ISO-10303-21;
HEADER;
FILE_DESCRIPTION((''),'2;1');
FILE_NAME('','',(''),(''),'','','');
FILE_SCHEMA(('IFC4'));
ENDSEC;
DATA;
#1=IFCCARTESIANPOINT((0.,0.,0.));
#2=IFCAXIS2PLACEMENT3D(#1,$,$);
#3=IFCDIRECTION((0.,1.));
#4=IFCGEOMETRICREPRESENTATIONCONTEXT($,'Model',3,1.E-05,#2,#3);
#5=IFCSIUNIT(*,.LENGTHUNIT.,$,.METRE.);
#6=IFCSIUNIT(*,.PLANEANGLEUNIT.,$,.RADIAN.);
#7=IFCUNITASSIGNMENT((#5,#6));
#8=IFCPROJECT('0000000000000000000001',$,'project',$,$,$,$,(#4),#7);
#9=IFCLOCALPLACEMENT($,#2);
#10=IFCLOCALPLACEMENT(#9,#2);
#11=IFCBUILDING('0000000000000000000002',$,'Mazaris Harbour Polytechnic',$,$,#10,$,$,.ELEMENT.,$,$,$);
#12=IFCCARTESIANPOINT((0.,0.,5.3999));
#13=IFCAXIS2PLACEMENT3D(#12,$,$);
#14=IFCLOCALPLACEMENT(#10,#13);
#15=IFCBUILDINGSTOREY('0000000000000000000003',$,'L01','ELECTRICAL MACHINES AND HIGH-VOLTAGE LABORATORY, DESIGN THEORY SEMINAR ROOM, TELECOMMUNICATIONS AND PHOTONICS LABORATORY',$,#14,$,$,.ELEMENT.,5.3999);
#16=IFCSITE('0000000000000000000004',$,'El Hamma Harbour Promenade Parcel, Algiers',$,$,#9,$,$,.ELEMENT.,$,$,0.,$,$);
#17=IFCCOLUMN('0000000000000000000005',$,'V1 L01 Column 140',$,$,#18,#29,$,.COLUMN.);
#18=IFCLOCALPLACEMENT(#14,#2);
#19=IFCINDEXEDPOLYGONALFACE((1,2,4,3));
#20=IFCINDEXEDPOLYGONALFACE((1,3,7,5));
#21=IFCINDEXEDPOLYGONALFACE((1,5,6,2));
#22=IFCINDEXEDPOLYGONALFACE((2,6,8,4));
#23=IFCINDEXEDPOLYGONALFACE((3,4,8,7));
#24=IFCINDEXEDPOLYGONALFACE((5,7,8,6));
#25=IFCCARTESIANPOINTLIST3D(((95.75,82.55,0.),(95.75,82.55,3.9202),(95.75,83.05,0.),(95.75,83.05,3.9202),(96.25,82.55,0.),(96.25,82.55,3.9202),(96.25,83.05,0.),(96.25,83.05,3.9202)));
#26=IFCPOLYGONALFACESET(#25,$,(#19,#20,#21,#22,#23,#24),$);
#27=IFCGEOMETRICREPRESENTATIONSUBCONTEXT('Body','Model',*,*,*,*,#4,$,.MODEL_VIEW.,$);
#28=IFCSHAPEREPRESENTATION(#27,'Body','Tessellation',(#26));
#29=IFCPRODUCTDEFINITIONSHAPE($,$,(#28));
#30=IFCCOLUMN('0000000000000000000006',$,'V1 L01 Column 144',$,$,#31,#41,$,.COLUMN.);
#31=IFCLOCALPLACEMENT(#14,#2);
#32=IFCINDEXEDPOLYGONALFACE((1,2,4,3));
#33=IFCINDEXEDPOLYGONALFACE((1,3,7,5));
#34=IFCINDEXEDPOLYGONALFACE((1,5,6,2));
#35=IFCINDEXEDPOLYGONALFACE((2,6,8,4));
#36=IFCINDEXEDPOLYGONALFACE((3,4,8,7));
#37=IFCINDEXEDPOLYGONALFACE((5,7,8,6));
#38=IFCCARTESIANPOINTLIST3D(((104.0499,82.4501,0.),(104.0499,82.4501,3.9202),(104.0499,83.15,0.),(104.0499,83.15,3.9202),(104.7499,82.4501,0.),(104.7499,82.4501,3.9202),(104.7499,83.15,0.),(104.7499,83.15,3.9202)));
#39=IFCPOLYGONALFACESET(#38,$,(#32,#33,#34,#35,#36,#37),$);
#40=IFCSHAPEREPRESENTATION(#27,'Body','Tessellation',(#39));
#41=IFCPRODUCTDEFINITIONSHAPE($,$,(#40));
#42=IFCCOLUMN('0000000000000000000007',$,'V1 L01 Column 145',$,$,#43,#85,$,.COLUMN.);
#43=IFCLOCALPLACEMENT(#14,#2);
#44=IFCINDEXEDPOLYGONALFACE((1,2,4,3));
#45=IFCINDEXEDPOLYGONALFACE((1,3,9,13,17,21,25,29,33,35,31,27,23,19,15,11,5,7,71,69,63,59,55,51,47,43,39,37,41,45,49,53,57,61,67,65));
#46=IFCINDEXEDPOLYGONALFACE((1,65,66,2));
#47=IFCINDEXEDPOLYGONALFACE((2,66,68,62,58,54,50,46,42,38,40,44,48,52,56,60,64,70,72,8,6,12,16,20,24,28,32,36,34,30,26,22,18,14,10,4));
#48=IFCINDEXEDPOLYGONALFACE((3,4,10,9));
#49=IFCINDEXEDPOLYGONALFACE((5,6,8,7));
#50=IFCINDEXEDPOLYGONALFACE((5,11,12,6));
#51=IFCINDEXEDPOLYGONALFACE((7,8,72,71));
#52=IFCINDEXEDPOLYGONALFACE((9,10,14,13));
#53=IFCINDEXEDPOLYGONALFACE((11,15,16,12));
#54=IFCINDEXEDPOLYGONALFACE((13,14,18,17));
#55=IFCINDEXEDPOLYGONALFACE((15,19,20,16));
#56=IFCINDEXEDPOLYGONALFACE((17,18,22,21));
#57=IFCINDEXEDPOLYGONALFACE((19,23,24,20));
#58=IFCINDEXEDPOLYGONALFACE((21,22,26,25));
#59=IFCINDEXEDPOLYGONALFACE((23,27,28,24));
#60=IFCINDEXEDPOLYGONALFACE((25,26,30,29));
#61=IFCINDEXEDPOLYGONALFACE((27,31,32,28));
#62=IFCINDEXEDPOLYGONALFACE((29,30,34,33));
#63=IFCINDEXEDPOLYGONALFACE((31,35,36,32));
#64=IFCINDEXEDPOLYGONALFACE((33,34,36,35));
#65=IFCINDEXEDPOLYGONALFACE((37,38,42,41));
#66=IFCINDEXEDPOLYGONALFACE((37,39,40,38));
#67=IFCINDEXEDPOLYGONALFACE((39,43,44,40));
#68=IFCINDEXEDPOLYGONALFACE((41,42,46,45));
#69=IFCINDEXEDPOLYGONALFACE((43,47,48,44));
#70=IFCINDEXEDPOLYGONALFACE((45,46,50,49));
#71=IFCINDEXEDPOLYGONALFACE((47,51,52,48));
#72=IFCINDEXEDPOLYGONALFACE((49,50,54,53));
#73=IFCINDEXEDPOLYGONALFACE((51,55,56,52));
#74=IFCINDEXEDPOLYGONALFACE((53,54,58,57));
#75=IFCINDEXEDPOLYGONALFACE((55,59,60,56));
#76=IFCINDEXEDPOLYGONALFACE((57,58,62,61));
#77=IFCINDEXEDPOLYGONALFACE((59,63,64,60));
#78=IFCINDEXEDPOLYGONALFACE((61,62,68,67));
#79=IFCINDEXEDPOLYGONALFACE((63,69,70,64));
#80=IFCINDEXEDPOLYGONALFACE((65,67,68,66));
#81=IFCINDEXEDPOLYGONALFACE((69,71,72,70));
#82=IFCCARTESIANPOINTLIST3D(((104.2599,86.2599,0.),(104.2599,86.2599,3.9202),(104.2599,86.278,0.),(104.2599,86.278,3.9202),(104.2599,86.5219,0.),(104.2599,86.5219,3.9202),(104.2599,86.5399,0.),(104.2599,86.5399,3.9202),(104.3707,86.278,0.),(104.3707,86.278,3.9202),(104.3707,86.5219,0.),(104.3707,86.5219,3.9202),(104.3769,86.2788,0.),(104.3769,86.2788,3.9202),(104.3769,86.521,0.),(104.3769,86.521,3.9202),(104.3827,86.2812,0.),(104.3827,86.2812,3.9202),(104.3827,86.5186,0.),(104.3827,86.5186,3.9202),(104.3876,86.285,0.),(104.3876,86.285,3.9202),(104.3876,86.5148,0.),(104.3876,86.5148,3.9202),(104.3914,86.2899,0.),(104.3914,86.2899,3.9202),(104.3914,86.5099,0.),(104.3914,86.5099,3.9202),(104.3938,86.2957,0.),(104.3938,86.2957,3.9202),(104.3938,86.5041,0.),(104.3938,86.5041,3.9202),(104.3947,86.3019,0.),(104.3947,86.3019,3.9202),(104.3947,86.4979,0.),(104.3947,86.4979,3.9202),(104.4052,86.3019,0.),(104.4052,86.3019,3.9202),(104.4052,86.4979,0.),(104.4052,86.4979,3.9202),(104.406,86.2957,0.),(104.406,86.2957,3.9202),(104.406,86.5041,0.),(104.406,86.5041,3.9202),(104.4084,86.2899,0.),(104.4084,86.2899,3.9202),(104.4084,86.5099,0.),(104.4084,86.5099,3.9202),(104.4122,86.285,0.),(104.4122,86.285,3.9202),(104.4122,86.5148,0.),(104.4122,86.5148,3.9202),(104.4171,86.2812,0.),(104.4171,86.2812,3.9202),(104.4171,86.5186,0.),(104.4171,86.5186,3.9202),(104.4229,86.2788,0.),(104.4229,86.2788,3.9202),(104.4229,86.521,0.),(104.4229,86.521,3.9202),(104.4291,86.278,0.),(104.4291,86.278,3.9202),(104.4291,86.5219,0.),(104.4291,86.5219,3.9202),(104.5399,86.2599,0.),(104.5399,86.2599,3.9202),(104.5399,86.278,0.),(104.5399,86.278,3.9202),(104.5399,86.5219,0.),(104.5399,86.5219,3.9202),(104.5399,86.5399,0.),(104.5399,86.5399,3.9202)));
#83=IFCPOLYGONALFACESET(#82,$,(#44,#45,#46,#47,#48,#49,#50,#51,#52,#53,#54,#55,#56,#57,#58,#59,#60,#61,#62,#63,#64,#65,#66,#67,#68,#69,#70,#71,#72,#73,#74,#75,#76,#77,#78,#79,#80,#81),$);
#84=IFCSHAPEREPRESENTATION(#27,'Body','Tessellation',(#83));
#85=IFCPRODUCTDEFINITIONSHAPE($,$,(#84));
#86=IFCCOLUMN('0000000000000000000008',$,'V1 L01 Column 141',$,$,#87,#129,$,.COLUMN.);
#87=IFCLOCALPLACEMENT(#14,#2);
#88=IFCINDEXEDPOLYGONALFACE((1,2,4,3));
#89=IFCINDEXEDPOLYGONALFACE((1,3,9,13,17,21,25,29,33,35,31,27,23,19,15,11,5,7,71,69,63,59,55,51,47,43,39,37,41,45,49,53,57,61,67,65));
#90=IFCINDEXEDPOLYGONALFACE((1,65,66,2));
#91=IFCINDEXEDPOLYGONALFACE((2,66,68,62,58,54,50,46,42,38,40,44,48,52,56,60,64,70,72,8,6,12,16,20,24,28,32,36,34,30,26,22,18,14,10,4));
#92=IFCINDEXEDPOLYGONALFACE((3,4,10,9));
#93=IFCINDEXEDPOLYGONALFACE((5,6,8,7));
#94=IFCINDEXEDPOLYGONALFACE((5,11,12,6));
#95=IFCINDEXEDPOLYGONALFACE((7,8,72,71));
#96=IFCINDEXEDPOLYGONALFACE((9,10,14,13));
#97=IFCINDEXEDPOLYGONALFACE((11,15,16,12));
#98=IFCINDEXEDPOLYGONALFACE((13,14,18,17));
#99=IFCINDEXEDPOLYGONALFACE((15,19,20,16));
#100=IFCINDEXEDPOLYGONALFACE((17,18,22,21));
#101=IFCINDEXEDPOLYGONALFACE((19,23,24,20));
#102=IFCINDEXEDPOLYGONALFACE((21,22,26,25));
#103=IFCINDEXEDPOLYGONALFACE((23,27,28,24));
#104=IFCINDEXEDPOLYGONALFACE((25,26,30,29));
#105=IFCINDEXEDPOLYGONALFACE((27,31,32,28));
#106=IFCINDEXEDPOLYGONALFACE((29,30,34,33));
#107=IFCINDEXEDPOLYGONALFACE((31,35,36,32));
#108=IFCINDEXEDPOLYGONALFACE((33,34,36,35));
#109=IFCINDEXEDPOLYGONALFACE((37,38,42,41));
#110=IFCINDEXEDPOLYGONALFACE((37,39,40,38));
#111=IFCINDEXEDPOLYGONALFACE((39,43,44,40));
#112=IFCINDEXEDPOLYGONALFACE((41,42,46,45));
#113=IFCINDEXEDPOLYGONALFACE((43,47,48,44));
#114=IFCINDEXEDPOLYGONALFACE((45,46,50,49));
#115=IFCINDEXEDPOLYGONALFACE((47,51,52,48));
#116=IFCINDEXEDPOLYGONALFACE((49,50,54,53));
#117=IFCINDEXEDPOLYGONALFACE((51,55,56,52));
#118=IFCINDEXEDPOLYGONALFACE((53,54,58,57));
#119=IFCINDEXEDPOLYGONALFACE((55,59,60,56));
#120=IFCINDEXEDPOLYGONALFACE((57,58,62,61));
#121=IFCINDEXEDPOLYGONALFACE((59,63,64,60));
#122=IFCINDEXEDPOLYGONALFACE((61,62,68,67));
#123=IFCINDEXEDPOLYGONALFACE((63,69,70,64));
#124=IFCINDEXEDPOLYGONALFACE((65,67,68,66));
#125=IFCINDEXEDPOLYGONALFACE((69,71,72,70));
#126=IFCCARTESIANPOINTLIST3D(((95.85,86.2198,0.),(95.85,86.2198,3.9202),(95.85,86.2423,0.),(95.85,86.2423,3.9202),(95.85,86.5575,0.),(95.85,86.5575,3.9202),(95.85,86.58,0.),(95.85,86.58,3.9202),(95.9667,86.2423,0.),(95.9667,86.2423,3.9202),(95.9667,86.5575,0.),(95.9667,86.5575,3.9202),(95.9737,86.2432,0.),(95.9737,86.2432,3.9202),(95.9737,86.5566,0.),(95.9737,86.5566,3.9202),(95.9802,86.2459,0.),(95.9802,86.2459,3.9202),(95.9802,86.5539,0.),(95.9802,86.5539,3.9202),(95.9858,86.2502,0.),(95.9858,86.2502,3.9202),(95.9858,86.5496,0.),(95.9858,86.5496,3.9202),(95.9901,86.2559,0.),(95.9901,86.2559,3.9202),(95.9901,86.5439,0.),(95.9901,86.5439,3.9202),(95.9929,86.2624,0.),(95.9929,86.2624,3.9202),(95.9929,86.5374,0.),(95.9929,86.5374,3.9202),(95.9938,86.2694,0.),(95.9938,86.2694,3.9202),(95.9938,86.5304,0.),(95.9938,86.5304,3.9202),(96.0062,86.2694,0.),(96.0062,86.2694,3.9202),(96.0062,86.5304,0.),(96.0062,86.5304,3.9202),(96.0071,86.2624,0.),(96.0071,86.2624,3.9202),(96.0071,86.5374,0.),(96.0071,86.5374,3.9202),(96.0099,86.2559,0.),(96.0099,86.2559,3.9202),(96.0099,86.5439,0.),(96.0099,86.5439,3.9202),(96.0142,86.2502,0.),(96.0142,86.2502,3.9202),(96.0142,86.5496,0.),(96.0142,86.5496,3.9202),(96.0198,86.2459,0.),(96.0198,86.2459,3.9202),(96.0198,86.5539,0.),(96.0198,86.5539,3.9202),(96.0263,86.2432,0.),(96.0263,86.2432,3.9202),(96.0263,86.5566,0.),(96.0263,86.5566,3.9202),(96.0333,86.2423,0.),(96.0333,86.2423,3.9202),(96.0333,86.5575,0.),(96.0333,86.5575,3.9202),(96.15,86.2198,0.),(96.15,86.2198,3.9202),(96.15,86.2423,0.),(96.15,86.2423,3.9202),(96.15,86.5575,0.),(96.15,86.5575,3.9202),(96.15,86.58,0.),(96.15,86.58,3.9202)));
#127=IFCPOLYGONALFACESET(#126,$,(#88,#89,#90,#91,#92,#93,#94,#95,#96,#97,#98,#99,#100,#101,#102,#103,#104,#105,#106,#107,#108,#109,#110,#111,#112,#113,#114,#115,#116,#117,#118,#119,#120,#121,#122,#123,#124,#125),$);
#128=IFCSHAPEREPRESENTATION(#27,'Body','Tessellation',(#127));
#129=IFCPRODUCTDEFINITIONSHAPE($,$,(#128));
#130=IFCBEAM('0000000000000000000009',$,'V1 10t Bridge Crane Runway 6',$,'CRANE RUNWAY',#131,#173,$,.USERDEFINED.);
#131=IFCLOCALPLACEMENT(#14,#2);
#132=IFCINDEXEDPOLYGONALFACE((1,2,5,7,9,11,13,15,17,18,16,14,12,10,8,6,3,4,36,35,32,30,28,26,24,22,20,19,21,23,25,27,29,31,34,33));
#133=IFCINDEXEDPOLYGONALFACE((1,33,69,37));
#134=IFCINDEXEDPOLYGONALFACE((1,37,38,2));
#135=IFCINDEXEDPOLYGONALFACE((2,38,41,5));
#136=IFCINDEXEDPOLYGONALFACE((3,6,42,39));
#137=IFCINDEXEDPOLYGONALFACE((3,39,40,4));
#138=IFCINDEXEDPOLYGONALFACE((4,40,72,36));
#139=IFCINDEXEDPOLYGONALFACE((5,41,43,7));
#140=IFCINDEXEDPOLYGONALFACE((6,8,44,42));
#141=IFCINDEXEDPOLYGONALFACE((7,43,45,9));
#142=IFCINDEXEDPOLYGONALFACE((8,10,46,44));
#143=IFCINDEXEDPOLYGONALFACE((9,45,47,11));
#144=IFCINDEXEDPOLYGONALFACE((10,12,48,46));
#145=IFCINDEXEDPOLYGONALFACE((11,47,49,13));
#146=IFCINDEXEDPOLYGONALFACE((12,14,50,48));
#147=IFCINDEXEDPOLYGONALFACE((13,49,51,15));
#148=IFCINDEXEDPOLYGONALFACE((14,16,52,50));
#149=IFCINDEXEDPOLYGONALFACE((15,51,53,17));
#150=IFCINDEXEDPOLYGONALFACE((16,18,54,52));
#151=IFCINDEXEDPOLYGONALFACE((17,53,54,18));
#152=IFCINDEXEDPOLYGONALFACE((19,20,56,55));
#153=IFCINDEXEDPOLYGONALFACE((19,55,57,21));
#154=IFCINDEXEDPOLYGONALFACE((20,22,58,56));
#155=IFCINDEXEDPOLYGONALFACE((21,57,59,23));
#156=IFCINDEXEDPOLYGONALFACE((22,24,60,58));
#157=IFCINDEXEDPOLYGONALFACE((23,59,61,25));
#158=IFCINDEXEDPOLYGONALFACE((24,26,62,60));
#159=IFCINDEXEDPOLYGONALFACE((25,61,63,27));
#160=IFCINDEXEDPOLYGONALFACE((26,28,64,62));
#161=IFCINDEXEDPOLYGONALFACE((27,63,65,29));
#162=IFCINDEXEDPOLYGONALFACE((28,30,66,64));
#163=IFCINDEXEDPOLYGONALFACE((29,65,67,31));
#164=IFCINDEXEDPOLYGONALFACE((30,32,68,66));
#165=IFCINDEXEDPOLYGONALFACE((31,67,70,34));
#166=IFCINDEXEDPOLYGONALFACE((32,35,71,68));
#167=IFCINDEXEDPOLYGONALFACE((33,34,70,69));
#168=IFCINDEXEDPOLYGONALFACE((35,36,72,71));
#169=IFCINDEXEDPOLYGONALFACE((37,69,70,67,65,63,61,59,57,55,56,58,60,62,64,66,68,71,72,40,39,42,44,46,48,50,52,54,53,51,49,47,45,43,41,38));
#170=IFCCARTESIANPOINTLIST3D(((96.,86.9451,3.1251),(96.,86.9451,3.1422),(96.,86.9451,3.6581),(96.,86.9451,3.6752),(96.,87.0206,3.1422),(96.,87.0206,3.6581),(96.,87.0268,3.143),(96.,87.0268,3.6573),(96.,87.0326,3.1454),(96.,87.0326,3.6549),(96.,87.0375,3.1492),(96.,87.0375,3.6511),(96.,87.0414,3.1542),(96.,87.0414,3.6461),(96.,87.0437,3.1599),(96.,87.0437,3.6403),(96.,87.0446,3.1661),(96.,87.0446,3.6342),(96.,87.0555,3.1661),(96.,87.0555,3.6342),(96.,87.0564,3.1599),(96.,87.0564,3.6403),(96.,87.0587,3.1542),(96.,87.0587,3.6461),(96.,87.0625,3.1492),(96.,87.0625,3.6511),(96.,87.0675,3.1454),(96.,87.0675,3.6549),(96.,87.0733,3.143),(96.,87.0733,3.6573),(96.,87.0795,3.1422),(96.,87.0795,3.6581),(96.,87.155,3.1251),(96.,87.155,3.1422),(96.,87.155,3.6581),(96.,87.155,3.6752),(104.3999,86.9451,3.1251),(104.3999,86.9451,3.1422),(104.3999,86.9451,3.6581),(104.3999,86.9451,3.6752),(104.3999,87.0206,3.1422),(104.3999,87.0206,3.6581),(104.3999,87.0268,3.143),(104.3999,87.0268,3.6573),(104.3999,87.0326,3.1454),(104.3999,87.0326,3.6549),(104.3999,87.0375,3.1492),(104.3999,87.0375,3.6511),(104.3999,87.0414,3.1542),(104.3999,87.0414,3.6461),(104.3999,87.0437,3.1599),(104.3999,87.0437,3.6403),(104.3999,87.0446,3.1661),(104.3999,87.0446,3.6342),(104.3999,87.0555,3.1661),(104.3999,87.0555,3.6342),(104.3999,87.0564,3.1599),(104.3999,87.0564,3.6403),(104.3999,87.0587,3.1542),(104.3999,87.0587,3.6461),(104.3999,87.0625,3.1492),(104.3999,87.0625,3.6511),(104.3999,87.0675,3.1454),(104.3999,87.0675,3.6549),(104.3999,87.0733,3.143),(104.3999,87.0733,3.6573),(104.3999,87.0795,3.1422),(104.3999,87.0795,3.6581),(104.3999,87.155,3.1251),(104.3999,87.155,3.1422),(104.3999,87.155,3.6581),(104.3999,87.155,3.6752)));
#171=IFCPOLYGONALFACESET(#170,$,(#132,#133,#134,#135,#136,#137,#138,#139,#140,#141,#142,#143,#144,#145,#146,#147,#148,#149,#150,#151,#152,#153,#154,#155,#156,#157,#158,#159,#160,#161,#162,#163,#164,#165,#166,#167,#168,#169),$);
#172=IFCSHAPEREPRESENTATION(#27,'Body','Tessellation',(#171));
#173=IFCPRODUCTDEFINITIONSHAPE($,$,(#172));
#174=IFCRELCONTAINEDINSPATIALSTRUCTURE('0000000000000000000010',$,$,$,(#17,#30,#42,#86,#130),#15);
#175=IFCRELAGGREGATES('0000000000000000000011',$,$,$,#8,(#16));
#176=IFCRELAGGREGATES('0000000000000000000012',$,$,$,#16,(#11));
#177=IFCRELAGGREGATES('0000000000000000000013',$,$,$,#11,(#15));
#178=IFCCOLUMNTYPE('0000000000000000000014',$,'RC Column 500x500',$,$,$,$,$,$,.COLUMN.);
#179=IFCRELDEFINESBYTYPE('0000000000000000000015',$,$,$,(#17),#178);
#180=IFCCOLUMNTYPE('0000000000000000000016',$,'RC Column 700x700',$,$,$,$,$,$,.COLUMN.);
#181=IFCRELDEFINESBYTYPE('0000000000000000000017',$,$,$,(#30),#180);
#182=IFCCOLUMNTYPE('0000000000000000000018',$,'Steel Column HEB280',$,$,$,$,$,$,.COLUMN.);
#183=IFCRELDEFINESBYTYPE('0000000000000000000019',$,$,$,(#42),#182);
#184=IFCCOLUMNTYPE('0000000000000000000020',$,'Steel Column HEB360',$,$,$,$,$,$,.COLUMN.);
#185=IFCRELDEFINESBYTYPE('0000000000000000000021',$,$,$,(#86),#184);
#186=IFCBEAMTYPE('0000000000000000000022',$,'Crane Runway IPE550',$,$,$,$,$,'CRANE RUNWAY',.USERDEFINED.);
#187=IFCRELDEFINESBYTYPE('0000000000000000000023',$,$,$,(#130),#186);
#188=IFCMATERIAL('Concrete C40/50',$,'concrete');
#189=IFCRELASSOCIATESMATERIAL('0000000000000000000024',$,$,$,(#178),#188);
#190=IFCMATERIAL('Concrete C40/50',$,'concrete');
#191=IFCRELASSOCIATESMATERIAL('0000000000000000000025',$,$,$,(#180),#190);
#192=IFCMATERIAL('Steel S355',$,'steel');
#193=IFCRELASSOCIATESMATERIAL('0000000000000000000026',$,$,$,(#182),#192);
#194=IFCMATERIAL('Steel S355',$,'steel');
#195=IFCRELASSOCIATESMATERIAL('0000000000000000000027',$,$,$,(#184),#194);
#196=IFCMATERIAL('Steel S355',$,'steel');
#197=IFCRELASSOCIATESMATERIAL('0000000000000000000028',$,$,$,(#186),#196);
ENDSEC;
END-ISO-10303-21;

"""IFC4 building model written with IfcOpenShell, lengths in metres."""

from ifc_helpers import new_model, si_unit, direction, frame, origin, origin_2d, place, context, subcontext, project, spatial, rectangle, i_section, extrude, material, material_profile, profile_set, type_object, element, save


model = new_model("IFC4")

# Units and contexts
model_context = context("Model", 3, precision=1e-05, world=origin(), true_north=direction((0.0, 1.0)))
body_context = subcontext(model_context, "Body", "Model", "MODEL_VIEW")
ifc_project = project(units=[si_unit("LENGTHUNIT", "METRE"), si_unit("PLANEANGLEUNIT", "RADIAN")], contexts=[model_context])

# Site, building, storey
site_placement = place(None, origin())
site = spatial("IfcSite", under=ifc_project, at=site_placement, Name="El Hamma Harbour Promenade Parcel, Algiers", CompositionType="ELEMENT", RefElevation=0.0)
building_placement = place(site_placement, origin())
building = spatial("IfcBuilding", under=site, at=building_placement, Name="Mazaris Harbour Polytechnic", CompositionType="ELEMENT")
storey_placement = place(building_placement, frame((0.0, 0.0, 5.3999)))
storey = spatial("IfcBuildingStorey", under=building, at=storey_placement, Name="L01", Description="ELECTRICAL MACHINES AND HIGH-VOLTAGE LABORATORY, DESIGN THEORY SEMINAR ROOM, TELECOMMUNICATIONS AND PHOTONICS LABORATORY", CompositionType="ELEMENT", Elevation=5.3999)

# Columns
ifc_material_1 = material(Name="Concrete C40/50", Category="concrete")
ifc_material_profile_1 = material_profile(ifc_material_1, rectangle(XDim=0.5, YDim=0.5, at=origin_2d()), Name="RECT500x500")
ifc_profile_set_1 = profile_set([ifc_material_profile_1], Name="Concrete C40/50")
column_type_1 = type_object("IfcColumnType", Name="RC Column 500x500", PredefinedType="COLUMN", material=ifc_profile_set_1)
column_1_placement = place(storey_placement, frame((96.0, 82.8, 0.0), z_axis=(0.0, 0.0, 1.0), x_axis=(1.0, 0.0, 0.0)))
element("IfcColumn", 1, at=column_1_placement, inside=storey, type_object=column_type_1, Name="V1 L01 Column 140", PredefinedType="COLUMN", context=body_context, shape_type="SweptSolid", body=[
    extrude(rectangle(XDim=0.5, YDim=0.5, at=origin_2d()), origin(), (0.0, 0.0, 1.0), 3.9202),
])
ifc_material_2 = material(Name="Concrete C40/50", Category="concrete")
ifc_material_profile_2 = material_profile(ifc_material_2, rectangle(XDim=0.7, YDim=0.7, at=origin_2d()), Name="RECT700x700")
ifc_profile_set_2 = profile_set([ifc_material_profile_2], Name="Concrete C40/50")
column_type_2 = type_object("IfcColumnType", Name="RC Column 700x700", PredefinedType="COLUMN", material=ifc_profile_set_2)
column_2_placement = place(storey_placement, frame((104.3999, 82.8, 0.0), z_axis=(0.0, 0.0, 1.0), x_axis=(1.0, 0.0, 0.0)))
element("IfcColumn", 2, at=column_2_placement, inside=storey, type_object=column_type_2, Name="V1 L01 Column 144", PredefinedType="COLUMN", context=body_context, shape_type="SweptSolid", body=[
    extrude(rectangle(XDim=0.7, YDim=0.7, at=origin_2d()), origin(), (0.0, 0.0, 1.0), 3.9202),
])
ifc_material_3 = material(Name="Steel S355", Category="steel")
ifc_material_profile_3 = material_profile(ifc_material_3, i_section(OverallWidth=0.28, OverallDepth=0.28, WebThickness=0.0105, FlangeThickness=0.0181, FilletRadius=0.0239, at=origin_2d()), Name="HEB 280")
ifc_profile_set_3 = profile_set([ifc_material_profile_3], Name="Steel S355")
column_type_3 = type_object("IfcColumnType", Name="Steel Column HEB280", PredefinedType="COLUMN", material=ifc_profile_set_3)
column_3_placement = place(storey_placement, frame((104.3999, 86.3999, 0.0), z_axis=(0.0, 0.0, 1.0), x_axis=(1.0, 0.0, 0.0)))
element("IfcColumn", 3, at=column_3_placement, inside=storey, type_object=column_type_3, Name="V1 L01 Column 145", PredefinedType="COLUMN", context=body_context, shape_type="SweptSolid", body=[
    extrude(i_section(OverallWidth=0.28, OverallDepth=0.28, WebThickness=0.0105, FlangeThickness=0.0181, FilletRadius=0.0239, at=origin_2d()), origin(), (0.0, 0.0, 1.0), 3.9202),
])
ifc_material_4 = material(Name="Steel S355", Category="steel")
ifc_material_profile_4 = material_profile(ifc_material_4, i_section(OverallWidth=0.3, OverallDepth=0.3601, WebThickness=0.0125, FlangeThickness=0.0225, FilletRadius=0.0271, at=origin_2d()), Name="HEB 360")
ifc_profile_set_4 = profile_set([ifc_material_profile_4], Name="Steel S355")
column_type_4 = type_object("IfcColumnType", Name="Steel Column HEB360", PredefinedType="COLUMN", material=ifc_profile_set_4)
column_4_placement = place(storey_placement, frame((96.0, 86.3999, 0.0), z_axis=(0.0, 0.0, 1.0), x_axis=(1.0, 0.0, 0.0)))
element("IfcColumn", 4, at=column_4_placement, inside=storey, type_object=column_type_4, Name="V1 L01 Column 141", PredefinedType="COLUMN", context=body_context, shape_type="SweptSolid", body=[
    extrude(i_section(OverallWidth=0.3, OverallDepth=0.3601, WebThickness=0.0125, FlangeThickness=0.0225, FilletRadius=0.0271, at=origin_2d()), origin(), (0.0, 0.0, 1.0), 3.9202),
])

# Beam
ifc_material_5 = material(Name="Steel S355", Category="steel")
ifc_material_profile_5 = material_profile(ifc_material_5, i_section(OverallWidth=0.21, OverallDepth=0.55, WebThickness=0.011, FlangeThickness=0.0171, FilletRadius=0.0239, at=origin_2d()), Name="IPE 550")
ifc_profile_set_5 = profile_set([ifc_material_profile_5], Name="Steel S355")
beam_type_1 = type_object("IfcBeamType", Name="Crane Runway IPE550", ElementType="CRANE RUNWAY", PredefinedType="USERDEFINED", material=ifc_profile_set_5)
beam_1_placement = place(storey_placement, frame((96.0, 87.05, 3.4001), z_axis=(1.0, 0.0, 0.0), x_axis=(0.0, 1.0, 0.0)))
element("IfcBeam", 5, at=beam_1_placement, inside=storey, type_object=beam_type_1, Name="V1 10t Bridge Crane Runway 6", ObjectType="CRANE RUNWAY", PredefinedType="USERDEFINED", context=body_context, shape_type="SweptSolid", body=[
    extrude(i_section(OverallWidth=0.21, OverallDepth=0.55, WebThickness=0.011, FlangeThickness=0.0171, FilletRadius=0.0239, at=origin_2d()), origin(), (0.0, 0.0, 1.0), 8.3999),
])

save(model, "model.ifc")
